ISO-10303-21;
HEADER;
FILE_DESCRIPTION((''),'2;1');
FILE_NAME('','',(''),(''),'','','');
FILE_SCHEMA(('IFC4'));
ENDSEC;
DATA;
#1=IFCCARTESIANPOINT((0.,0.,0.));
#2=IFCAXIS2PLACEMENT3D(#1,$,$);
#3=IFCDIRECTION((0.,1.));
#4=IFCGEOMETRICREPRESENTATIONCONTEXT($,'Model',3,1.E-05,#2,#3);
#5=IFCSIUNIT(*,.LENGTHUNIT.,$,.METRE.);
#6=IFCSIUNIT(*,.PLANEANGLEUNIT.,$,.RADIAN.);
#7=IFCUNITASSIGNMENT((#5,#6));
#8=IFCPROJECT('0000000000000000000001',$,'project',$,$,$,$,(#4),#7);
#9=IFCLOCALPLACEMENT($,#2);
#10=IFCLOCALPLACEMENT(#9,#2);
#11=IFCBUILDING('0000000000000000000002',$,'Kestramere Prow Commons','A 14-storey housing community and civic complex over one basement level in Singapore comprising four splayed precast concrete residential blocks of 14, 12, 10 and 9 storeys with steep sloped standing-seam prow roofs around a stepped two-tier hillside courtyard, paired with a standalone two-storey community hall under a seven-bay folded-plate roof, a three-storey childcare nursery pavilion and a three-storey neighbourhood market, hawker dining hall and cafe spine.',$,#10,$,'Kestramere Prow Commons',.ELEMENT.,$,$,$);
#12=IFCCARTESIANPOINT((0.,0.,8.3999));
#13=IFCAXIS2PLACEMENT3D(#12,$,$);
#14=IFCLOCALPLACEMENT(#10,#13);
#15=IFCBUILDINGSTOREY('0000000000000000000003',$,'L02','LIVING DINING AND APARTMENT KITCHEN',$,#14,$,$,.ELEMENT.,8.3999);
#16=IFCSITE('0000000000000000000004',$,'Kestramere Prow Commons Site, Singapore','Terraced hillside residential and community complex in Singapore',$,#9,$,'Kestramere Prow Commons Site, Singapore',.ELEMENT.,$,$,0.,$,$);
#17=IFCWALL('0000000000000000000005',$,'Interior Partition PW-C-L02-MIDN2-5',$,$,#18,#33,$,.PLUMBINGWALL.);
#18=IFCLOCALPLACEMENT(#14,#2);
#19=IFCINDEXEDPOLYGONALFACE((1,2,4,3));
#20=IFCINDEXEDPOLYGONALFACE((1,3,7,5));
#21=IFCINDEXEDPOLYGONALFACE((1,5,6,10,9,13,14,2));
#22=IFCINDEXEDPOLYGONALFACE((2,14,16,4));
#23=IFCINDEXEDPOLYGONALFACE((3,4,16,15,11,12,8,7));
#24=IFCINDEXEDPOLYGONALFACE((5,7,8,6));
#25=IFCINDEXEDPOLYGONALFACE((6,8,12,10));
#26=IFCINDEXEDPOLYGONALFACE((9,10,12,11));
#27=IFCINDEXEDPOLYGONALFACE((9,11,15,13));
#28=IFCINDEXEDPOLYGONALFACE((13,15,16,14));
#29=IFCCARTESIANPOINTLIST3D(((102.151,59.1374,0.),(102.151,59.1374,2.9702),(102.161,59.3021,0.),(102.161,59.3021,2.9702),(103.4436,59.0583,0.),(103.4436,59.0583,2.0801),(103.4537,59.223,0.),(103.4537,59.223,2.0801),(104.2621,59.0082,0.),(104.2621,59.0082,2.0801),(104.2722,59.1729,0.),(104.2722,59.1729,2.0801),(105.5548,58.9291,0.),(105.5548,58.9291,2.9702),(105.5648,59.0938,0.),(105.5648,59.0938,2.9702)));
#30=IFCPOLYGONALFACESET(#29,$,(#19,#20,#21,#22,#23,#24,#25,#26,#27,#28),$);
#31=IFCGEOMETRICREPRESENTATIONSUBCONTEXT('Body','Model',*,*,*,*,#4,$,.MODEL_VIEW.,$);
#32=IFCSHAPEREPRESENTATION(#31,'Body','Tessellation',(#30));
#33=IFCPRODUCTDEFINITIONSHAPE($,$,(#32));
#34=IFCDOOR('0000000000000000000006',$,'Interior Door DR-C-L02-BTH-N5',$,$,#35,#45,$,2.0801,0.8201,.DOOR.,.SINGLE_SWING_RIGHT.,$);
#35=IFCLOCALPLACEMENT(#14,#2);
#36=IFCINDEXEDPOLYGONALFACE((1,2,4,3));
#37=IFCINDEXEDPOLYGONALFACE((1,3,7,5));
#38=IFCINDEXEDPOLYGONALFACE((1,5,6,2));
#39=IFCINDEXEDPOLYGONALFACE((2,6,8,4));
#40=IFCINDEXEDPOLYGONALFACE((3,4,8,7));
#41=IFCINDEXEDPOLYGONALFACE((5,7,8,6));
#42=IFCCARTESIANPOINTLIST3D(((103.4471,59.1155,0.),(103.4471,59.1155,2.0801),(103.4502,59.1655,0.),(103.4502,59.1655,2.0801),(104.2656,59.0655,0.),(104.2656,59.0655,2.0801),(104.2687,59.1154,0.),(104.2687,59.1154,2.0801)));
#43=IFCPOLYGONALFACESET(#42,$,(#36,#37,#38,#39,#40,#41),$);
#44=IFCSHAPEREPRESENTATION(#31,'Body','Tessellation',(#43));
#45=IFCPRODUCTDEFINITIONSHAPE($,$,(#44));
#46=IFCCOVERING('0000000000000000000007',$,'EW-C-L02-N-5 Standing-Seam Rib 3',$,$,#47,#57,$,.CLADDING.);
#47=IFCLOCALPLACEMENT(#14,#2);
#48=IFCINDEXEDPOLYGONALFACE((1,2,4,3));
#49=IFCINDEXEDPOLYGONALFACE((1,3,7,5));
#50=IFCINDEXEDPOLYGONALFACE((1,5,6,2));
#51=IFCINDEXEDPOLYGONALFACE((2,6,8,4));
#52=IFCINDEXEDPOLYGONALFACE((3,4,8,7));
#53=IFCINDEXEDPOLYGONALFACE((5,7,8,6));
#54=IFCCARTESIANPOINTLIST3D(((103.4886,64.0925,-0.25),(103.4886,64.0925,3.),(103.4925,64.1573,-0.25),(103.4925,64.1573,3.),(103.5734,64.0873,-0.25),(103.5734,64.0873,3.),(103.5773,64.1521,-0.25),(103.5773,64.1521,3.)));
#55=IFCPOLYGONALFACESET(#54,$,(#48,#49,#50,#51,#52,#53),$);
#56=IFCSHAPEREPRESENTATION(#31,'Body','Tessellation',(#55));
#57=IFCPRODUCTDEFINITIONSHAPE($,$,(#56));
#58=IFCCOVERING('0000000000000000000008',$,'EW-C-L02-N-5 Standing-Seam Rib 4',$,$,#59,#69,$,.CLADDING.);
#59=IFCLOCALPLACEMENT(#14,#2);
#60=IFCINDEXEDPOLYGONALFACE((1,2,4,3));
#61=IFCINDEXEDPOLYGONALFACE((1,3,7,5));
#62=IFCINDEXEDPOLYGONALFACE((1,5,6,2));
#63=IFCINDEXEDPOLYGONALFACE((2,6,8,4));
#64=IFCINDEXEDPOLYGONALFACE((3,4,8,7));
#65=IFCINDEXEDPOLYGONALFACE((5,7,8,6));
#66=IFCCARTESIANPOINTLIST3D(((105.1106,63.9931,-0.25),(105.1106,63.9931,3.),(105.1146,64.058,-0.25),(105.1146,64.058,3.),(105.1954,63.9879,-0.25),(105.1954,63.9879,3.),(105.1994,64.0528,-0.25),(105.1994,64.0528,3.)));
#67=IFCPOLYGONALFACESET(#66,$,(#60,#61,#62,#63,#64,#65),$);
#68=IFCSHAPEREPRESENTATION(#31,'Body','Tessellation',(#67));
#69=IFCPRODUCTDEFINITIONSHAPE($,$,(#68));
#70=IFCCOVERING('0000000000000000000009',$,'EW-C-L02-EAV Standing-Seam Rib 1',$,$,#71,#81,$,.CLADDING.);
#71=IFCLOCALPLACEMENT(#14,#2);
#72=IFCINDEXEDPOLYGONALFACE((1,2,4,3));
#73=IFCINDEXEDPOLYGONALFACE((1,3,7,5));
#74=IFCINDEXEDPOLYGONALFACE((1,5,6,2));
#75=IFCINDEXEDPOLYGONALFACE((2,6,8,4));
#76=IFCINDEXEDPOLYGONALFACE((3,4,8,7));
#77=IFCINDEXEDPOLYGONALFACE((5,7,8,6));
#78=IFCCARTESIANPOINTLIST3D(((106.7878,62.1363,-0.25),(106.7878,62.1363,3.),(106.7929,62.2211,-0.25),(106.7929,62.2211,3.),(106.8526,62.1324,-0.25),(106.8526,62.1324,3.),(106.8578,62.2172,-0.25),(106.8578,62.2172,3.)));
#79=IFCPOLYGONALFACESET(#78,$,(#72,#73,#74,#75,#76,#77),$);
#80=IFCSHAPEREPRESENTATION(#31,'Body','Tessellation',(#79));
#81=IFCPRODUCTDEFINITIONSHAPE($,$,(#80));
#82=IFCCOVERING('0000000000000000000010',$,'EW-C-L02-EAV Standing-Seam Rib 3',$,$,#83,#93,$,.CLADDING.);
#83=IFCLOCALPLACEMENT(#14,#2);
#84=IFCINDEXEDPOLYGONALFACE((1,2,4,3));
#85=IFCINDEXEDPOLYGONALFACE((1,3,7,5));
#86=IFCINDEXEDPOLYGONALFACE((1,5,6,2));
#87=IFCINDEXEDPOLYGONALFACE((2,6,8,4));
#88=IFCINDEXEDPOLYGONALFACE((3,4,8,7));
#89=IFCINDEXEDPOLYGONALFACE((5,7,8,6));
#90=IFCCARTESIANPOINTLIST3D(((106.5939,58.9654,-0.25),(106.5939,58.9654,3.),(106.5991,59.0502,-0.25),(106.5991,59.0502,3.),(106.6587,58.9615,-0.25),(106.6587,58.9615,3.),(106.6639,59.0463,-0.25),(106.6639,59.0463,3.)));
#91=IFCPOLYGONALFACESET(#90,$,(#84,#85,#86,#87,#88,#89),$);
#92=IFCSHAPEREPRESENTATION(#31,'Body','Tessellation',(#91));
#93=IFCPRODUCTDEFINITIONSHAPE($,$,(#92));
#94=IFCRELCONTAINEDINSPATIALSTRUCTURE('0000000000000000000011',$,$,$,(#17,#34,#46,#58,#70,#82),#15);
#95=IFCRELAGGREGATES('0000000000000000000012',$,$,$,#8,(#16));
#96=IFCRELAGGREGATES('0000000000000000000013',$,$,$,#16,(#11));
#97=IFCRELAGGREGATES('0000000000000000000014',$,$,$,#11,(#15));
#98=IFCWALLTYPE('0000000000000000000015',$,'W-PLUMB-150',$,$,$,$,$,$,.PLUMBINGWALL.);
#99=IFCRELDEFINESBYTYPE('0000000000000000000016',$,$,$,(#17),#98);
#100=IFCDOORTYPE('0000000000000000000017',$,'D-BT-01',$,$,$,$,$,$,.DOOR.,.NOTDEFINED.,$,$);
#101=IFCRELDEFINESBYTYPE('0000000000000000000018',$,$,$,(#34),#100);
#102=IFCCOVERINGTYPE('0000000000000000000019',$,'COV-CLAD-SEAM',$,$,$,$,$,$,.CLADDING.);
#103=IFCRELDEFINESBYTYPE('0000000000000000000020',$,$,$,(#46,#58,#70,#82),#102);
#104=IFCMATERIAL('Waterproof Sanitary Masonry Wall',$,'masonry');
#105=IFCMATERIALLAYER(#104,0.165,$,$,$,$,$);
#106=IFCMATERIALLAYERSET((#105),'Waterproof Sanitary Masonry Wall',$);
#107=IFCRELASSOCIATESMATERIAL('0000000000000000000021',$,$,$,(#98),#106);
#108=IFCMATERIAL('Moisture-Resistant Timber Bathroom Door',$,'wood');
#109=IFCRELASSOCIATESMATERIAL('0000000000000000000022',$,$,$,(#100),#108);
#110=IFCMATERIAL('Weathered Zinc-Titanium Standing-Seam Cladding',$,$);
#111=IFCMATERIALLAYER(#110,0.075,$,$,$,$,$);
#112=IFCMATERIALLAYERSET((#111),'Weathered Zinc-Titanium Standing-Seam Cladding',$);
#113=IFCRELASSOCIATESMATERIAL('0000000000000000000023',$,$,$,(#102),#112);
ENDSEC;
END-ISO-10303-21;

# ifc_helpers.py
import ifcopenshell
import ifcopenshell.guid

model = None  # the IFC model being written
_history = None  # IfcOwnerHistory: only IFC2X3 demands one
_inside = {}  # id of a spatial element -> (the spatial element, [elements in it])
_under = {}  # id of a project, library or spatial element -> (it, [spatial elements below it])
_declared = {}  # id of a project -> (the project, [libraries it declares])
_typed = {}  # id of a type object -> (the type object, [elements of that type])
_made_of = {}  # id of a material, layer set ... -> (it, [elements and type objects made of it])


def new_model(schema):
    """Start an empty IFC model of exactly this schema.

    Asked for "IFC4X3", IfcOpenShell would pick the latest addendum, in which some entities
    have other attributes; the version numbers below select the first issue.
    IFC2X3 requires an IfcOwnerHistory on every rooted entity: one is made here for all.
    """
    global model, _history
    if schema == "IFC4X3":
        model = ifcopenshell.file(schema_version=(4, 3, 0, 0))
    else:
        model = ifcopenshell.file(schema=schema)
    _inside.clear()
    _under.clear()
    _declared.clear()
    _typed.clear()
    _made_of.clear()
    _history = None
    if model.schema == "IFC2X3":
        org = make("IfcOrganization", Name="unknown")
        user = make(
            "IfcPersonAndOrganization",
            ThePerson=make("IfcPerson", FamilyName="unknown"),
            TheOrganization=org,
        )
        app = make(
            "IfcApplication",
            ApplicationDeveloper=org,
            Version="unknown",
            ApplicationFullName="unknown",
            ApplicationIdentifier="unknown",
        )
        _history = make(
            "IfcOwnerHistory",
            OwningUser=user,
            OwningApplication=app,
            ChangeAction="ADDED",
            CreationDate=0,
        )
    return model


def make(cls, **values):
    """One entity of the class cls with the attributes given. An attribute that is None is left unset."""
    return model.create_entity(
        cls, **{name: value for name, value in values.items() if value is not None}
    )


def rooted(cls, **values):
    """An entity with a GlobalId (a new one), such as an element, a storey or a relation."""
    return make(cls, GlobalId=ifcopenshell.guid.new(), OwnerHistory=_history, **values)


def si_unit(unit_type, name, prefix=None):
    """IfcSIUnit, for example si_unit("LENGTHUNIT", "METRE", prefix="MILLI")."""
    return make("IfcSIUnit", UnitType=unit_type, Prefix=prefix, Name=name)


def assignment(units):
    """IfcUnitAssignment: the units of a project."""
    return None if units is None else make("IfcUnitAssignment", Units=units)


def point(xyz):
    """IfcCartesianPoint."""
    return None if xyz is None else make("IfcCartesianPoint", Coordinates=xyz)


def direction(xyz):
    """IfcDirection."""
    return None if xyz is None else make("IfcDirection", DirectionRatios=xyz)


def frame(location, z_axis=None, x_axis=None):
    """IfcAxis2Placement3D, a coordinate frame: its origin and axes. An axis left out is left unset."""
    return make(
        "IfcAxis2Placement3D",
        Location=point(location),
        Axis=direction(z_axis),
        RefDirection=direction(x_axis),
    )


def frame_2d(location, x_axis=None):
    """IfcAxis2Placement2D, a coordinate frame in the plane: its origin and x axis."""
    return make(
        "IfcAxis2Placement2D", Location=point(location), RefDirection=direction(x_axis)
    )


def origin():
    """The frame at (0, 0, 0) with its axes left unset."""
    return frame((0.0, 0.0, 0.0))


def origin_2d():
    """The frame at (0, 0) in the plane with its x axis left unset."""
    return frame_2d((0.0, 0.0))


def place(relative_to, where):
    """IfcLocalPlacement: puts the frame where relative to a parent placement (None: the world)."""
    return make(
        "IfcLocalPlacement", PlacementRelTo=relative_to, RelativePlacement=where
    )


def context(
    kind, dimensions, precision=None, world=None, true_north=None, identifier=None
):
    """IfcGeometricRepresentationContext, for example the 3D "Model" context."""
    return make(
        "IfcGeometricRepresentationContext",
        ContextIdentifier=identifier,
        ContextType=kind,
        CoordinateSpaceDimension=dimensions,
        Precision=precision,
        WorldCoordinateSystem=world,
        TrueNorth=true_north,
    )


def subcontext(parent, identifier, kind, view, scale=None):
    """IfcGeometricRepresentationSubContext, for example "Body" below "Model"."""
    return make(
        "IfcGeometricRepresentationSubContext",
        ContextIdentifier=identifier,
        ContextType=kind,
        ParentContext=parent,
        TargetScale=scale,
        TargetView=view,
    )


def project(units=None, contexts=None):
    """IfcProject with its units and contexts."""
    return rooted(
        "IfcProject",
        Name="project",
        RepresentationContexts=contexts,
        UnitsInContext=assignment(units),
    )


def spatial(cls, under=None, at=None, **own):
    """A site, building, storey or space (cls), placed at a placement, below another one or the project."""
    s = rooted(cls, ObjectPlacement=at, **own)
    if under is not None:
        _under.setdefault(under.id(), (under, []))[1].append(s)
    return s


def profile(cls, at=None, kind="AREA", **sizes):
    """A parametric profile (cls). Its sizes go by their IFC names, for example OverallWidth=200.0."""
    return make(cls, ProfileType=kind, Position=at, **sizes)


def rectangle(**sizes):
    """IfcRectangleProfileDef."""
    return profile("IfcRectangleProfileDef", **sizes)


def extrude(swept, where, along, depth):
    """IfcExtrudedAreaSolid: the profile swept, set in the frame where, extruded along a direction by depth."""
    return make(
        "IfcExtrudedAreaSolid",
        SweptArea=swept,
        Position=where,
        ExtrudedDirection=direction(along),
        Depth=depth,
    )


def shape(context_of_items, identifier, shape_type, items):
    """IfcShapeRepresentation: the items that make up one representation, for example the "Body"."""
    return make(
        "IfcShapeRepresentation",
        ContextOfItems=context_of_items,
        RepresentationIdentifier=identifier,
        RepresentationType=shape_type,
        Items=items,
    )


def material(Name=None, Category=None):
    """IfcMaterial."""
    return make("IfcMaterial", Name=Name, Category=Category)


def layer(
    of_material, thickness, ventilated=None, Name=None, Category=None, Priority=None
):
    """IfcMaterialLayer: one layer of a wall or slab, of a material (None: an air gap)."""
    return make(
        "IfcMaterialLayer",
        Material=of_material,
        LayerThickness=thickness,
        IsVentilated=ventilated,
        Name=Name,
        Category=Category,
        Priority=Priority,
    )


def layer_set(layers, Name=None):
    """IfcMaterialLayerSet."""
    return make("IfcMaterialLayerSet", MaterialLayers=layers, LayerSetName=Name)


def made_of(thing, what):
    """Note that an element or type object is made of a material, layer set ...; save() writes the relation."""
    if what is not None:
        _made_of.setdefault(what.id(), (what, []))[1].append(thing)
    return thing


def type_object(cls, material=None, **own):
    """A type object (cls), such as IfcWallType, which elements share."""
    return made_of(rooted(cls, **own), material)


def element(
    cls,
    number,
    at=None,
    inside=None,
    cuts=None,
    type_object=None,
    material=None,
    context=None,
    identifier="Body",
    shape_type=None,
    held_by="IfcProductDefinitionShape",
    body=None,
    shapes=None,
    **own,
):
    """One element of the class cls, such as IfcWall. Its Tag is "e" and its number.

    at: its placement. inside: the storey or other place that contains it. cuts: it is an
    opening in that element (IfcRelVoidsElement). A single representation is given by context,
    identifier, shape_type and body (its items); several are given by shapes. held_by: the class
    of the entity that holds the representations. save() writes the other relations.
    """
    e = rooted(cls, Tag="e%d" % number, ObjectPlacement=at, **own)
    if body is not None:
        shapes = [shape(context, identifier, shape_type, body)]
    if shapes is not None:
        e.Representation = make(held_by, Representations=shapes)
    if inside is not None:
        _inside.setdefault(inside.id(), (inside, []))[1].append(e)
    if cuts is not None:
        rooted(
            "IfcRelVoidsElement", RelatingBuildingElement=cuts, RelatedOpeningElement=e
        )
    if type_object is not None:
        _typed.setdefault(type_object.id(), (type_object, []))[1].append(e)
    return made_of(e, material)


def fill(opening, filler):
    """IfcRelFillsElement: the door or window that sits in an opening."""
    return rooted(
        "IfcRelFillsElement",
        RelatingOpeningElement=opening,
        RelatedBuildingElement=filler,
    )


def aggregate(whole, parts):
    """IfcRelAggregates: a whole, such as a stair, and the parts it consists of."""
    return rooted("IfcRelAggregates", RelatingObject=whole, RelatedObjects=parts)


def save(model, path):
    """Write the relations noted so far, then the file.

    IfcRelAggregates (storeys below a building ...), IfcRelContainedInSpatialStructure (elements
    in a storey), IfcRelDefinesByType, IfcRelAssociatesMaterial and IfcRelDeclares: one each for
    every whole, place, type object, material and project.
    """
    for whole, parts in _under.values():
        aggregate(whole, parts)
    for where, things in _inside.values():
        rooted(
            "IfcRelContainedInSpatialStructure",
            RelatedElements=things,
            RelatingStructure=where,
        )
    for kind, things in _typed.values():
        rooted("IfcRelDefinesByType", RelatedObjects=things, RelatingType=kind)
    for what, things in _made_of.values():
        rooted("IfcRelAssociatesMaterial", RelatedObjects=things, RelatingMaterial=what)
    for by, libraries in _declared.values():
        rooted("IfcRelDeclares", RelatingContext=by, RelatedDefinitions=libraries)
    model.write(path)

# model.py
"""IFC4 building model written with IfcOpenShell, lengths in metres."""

from ifc_helpers import new_model, si_unit, direction, frame, frame_2d, origin, origin_2d, place, context, subcontext, project, spatial, rectangle, extrude, material, layer, layer_set, type_object, element, fill, save


model = new_model("IFC4")

# Units and contexts
model_context = context("Model", 3, precision=1e-05, world=origin(), true_north=direction((0.0, 1.0)))
body_context = subcontext(model_context, "Body", "Model", "MODEL_VIEW")
ifc_project = project(units=[si_unit("LENGTHUNIT", "METRE"), si_unit("PLANEANGLEUNIT", "RADIAN")], contexts=[model_context])

# Site, building, storey
site_placement = place(None, origin())
site = spatial("IfcSite", under=ifc_project, at=site_placement, Name="Kestramere Prow Commons Site, Singapore", Description="Terraced hillside residential and community complex in Singapore", LongName="Kestramere Prow Commons Site, Singapore", CompositionType="ELEMENT", RefElevation=0.0)
building_placement = place(site_placement, origin())
building = spatial("IfcBuilding", under=site, at=building_placement, Name="Kestramere Prow Commons", Description="A 14-storey housing community and civic complex over one basement level in Singapore comprising four splayed precast concrete residential blocks of 14, 12, 10 and 9 storeys with steep sloped standing-seam prow roofs around a stepped two-tier hillside courtyard, paired with a standalone two-storey community hall under a seven-bay folded-plate roof, a three-storey childcare nursery pavilion and a three-storey neighbourhood market, hawker dining hall and cafe spine.", LongName="Kestramere Prow Commons", CompositionType="ELEMENT")
storey_placement = place(building_placement, frame((0.0, 0.0, 8.3999)))
storey = spatial("IfcBuildingStorey", under=building, at=storey_placement, Name="L02", Description="LIVING DINING AND APARTMENT KITCHEN", CompositionType="ELEMENT", Elevation=8.3999)

# Wall, opening, door
ifc_material_1 = material(Name="Waterproof Sanitary Masonry Wall", Category="masonry")
ifc_layer_1 = layer(ifc_material_1, 0.165)
ifc_layer_set_1 = layer_set([ifc_layer_1], Name="Waterproof Sanitary Masonry Wall")
wall_type_1 = type_object("IfcWallType", Name="W-PLUMB-150", PredefinedType="PLUMBINGWALL", material=ifc_layer_set_1)
ifc_material_2 = material(Name="Moisture-Resistant Timber Bathroom Door", Category="wood")
door_type_1 = type_object("IfcDoorType", Name="D-BT-01", OperationType="NOTDEFINED", PredefinedType="DOOR", material=ifc_material_2)
wall_1_placement = place(storey_placement, frame((102.156, 59.2197, 0.0), z_axis=(0.0, 0.0, 1.0), x_axis=(0.998134, -0.061068, 0.0)))
wall_1 = element("IfcWall", 1, at=wall_1_placement, inside=storey, type_object=wall_type_1, Name="Interior Partition PW-C-L02-MIDN2-5", PredefinedType="PLUMBINGWALL", context=body_context, shape_type="SweptSolid", body=[
    extrude(rectangle(XDim=3.4102, YDim=0.165, at=frame_2d((1.7051, 0.0))), origin(), (0.0, 0.0, 1.0), 2.9702),
])
opening_1_placement = place(wall_1_placement, frame((1.2949, 0.0, 0.0)))
opening_1 = element("IfcOpeningElement", 2, at=opening_1_placement, cuts=wall_1, PredefinedType="OPENING", context=body_context, shape_type="SweptSolid", body=[
    extrude(rectangle(XDim=0.8201, YDim=2.0801, at=frame_2d((0.4102, 1.04))), frame((0.0, 0.0974, 0.0), z_axis=(0.0, -1.0, 0.0), x_axis=(1.0, 0.0, 0.0)), (0.0, 0.0, 1.0), 0.1951),
])
door_1_placement = place(opening_1_placement, origin())
door_1 = element("IfcDoor", 3, at=door_1_placement, inside=storey, type_object=door_type_1, Name="Interior Door DR-C-L02-BTH-N5", OperationType="SINGLE_SWING_RIGHT", OverallHeight=2.0801, OverallWidth=0.8201, PredefinedType="DOOR", context=body_context, shape_type="SweptSolid", body=[
    extrude(rectangle(XDim=0.8201, YDim=2.0801, at=frame_2d((0.4102, 1.04))), frame((0.0, 0.0249, 0.0), z_axis=(0.0, -1.0, 0.0), x_axis=(1.0, 0.0, 0.0)), (0.0, 0.0, 1.0), 0.05),
])
fill(opening_1, door_1)

# Coverings
ifc_material_3 = material(Name="Weathered Zinc-Titanium Standing-Seam Cladding")
ifc_layer_2 = layer(ifc_material_3, 0.075)
ifc_layer_set_2 = layer_set([ifc_layer_2], Name="Weathered Zinc-Titanium Standing-Seam Cladding")
covering_type = type_object("IfcCoveringType", Name="COV-CLAD-SEAM", PredefinedType="CLADDING", material=ifc_layer_set_2)
for number, where, z_axis, x_axis, name in (
    (4, (103.533, 64.1223, -0.25), (0.0, 0.0, 1.0), (0.998135, -0.061049, 0.0), "EW-C-L02-N-5 Standing-Seam Rib 3"),
    (5, (105.155, 64.0229, -0.25), (0.0, 0.0, 1.0), (0.998135, -0.061049, 0.0), "EW-C-L02-N-5 Standing-Seam Rib 4"),
    (6, (106.8228, 62.1768, -0.25), (0.0, 0.0, 1.0), (-0.061049, -0.998135, 0.0), "EW-C-L02-EAV Standing-Seam Rib 1"),
    (7, (106.6289, 59.0059, -0.25), (0.0, 0.0, 1.0), (-0.061049, -0.998135, 0.0), "EW-C-L02-EAV Standing-Seam Rib 3"),
):
    element("IfcCovering", number, at=place(storey_placement, frame(where, z_axis=z_axis, x_axis=x_axis)), inside=storey, type_object=covering_type, Name=name, PredefinedType="CLADDING", context=body_context, shape_type="SweptSolid", body=[
        extrude(rectangle(XDim=0.085, YDim=0.0649, at=origin_2d()), origin(), (0.0, 0.0, 1.0), 3.25),
    ])

save(model, "model.ifc")
